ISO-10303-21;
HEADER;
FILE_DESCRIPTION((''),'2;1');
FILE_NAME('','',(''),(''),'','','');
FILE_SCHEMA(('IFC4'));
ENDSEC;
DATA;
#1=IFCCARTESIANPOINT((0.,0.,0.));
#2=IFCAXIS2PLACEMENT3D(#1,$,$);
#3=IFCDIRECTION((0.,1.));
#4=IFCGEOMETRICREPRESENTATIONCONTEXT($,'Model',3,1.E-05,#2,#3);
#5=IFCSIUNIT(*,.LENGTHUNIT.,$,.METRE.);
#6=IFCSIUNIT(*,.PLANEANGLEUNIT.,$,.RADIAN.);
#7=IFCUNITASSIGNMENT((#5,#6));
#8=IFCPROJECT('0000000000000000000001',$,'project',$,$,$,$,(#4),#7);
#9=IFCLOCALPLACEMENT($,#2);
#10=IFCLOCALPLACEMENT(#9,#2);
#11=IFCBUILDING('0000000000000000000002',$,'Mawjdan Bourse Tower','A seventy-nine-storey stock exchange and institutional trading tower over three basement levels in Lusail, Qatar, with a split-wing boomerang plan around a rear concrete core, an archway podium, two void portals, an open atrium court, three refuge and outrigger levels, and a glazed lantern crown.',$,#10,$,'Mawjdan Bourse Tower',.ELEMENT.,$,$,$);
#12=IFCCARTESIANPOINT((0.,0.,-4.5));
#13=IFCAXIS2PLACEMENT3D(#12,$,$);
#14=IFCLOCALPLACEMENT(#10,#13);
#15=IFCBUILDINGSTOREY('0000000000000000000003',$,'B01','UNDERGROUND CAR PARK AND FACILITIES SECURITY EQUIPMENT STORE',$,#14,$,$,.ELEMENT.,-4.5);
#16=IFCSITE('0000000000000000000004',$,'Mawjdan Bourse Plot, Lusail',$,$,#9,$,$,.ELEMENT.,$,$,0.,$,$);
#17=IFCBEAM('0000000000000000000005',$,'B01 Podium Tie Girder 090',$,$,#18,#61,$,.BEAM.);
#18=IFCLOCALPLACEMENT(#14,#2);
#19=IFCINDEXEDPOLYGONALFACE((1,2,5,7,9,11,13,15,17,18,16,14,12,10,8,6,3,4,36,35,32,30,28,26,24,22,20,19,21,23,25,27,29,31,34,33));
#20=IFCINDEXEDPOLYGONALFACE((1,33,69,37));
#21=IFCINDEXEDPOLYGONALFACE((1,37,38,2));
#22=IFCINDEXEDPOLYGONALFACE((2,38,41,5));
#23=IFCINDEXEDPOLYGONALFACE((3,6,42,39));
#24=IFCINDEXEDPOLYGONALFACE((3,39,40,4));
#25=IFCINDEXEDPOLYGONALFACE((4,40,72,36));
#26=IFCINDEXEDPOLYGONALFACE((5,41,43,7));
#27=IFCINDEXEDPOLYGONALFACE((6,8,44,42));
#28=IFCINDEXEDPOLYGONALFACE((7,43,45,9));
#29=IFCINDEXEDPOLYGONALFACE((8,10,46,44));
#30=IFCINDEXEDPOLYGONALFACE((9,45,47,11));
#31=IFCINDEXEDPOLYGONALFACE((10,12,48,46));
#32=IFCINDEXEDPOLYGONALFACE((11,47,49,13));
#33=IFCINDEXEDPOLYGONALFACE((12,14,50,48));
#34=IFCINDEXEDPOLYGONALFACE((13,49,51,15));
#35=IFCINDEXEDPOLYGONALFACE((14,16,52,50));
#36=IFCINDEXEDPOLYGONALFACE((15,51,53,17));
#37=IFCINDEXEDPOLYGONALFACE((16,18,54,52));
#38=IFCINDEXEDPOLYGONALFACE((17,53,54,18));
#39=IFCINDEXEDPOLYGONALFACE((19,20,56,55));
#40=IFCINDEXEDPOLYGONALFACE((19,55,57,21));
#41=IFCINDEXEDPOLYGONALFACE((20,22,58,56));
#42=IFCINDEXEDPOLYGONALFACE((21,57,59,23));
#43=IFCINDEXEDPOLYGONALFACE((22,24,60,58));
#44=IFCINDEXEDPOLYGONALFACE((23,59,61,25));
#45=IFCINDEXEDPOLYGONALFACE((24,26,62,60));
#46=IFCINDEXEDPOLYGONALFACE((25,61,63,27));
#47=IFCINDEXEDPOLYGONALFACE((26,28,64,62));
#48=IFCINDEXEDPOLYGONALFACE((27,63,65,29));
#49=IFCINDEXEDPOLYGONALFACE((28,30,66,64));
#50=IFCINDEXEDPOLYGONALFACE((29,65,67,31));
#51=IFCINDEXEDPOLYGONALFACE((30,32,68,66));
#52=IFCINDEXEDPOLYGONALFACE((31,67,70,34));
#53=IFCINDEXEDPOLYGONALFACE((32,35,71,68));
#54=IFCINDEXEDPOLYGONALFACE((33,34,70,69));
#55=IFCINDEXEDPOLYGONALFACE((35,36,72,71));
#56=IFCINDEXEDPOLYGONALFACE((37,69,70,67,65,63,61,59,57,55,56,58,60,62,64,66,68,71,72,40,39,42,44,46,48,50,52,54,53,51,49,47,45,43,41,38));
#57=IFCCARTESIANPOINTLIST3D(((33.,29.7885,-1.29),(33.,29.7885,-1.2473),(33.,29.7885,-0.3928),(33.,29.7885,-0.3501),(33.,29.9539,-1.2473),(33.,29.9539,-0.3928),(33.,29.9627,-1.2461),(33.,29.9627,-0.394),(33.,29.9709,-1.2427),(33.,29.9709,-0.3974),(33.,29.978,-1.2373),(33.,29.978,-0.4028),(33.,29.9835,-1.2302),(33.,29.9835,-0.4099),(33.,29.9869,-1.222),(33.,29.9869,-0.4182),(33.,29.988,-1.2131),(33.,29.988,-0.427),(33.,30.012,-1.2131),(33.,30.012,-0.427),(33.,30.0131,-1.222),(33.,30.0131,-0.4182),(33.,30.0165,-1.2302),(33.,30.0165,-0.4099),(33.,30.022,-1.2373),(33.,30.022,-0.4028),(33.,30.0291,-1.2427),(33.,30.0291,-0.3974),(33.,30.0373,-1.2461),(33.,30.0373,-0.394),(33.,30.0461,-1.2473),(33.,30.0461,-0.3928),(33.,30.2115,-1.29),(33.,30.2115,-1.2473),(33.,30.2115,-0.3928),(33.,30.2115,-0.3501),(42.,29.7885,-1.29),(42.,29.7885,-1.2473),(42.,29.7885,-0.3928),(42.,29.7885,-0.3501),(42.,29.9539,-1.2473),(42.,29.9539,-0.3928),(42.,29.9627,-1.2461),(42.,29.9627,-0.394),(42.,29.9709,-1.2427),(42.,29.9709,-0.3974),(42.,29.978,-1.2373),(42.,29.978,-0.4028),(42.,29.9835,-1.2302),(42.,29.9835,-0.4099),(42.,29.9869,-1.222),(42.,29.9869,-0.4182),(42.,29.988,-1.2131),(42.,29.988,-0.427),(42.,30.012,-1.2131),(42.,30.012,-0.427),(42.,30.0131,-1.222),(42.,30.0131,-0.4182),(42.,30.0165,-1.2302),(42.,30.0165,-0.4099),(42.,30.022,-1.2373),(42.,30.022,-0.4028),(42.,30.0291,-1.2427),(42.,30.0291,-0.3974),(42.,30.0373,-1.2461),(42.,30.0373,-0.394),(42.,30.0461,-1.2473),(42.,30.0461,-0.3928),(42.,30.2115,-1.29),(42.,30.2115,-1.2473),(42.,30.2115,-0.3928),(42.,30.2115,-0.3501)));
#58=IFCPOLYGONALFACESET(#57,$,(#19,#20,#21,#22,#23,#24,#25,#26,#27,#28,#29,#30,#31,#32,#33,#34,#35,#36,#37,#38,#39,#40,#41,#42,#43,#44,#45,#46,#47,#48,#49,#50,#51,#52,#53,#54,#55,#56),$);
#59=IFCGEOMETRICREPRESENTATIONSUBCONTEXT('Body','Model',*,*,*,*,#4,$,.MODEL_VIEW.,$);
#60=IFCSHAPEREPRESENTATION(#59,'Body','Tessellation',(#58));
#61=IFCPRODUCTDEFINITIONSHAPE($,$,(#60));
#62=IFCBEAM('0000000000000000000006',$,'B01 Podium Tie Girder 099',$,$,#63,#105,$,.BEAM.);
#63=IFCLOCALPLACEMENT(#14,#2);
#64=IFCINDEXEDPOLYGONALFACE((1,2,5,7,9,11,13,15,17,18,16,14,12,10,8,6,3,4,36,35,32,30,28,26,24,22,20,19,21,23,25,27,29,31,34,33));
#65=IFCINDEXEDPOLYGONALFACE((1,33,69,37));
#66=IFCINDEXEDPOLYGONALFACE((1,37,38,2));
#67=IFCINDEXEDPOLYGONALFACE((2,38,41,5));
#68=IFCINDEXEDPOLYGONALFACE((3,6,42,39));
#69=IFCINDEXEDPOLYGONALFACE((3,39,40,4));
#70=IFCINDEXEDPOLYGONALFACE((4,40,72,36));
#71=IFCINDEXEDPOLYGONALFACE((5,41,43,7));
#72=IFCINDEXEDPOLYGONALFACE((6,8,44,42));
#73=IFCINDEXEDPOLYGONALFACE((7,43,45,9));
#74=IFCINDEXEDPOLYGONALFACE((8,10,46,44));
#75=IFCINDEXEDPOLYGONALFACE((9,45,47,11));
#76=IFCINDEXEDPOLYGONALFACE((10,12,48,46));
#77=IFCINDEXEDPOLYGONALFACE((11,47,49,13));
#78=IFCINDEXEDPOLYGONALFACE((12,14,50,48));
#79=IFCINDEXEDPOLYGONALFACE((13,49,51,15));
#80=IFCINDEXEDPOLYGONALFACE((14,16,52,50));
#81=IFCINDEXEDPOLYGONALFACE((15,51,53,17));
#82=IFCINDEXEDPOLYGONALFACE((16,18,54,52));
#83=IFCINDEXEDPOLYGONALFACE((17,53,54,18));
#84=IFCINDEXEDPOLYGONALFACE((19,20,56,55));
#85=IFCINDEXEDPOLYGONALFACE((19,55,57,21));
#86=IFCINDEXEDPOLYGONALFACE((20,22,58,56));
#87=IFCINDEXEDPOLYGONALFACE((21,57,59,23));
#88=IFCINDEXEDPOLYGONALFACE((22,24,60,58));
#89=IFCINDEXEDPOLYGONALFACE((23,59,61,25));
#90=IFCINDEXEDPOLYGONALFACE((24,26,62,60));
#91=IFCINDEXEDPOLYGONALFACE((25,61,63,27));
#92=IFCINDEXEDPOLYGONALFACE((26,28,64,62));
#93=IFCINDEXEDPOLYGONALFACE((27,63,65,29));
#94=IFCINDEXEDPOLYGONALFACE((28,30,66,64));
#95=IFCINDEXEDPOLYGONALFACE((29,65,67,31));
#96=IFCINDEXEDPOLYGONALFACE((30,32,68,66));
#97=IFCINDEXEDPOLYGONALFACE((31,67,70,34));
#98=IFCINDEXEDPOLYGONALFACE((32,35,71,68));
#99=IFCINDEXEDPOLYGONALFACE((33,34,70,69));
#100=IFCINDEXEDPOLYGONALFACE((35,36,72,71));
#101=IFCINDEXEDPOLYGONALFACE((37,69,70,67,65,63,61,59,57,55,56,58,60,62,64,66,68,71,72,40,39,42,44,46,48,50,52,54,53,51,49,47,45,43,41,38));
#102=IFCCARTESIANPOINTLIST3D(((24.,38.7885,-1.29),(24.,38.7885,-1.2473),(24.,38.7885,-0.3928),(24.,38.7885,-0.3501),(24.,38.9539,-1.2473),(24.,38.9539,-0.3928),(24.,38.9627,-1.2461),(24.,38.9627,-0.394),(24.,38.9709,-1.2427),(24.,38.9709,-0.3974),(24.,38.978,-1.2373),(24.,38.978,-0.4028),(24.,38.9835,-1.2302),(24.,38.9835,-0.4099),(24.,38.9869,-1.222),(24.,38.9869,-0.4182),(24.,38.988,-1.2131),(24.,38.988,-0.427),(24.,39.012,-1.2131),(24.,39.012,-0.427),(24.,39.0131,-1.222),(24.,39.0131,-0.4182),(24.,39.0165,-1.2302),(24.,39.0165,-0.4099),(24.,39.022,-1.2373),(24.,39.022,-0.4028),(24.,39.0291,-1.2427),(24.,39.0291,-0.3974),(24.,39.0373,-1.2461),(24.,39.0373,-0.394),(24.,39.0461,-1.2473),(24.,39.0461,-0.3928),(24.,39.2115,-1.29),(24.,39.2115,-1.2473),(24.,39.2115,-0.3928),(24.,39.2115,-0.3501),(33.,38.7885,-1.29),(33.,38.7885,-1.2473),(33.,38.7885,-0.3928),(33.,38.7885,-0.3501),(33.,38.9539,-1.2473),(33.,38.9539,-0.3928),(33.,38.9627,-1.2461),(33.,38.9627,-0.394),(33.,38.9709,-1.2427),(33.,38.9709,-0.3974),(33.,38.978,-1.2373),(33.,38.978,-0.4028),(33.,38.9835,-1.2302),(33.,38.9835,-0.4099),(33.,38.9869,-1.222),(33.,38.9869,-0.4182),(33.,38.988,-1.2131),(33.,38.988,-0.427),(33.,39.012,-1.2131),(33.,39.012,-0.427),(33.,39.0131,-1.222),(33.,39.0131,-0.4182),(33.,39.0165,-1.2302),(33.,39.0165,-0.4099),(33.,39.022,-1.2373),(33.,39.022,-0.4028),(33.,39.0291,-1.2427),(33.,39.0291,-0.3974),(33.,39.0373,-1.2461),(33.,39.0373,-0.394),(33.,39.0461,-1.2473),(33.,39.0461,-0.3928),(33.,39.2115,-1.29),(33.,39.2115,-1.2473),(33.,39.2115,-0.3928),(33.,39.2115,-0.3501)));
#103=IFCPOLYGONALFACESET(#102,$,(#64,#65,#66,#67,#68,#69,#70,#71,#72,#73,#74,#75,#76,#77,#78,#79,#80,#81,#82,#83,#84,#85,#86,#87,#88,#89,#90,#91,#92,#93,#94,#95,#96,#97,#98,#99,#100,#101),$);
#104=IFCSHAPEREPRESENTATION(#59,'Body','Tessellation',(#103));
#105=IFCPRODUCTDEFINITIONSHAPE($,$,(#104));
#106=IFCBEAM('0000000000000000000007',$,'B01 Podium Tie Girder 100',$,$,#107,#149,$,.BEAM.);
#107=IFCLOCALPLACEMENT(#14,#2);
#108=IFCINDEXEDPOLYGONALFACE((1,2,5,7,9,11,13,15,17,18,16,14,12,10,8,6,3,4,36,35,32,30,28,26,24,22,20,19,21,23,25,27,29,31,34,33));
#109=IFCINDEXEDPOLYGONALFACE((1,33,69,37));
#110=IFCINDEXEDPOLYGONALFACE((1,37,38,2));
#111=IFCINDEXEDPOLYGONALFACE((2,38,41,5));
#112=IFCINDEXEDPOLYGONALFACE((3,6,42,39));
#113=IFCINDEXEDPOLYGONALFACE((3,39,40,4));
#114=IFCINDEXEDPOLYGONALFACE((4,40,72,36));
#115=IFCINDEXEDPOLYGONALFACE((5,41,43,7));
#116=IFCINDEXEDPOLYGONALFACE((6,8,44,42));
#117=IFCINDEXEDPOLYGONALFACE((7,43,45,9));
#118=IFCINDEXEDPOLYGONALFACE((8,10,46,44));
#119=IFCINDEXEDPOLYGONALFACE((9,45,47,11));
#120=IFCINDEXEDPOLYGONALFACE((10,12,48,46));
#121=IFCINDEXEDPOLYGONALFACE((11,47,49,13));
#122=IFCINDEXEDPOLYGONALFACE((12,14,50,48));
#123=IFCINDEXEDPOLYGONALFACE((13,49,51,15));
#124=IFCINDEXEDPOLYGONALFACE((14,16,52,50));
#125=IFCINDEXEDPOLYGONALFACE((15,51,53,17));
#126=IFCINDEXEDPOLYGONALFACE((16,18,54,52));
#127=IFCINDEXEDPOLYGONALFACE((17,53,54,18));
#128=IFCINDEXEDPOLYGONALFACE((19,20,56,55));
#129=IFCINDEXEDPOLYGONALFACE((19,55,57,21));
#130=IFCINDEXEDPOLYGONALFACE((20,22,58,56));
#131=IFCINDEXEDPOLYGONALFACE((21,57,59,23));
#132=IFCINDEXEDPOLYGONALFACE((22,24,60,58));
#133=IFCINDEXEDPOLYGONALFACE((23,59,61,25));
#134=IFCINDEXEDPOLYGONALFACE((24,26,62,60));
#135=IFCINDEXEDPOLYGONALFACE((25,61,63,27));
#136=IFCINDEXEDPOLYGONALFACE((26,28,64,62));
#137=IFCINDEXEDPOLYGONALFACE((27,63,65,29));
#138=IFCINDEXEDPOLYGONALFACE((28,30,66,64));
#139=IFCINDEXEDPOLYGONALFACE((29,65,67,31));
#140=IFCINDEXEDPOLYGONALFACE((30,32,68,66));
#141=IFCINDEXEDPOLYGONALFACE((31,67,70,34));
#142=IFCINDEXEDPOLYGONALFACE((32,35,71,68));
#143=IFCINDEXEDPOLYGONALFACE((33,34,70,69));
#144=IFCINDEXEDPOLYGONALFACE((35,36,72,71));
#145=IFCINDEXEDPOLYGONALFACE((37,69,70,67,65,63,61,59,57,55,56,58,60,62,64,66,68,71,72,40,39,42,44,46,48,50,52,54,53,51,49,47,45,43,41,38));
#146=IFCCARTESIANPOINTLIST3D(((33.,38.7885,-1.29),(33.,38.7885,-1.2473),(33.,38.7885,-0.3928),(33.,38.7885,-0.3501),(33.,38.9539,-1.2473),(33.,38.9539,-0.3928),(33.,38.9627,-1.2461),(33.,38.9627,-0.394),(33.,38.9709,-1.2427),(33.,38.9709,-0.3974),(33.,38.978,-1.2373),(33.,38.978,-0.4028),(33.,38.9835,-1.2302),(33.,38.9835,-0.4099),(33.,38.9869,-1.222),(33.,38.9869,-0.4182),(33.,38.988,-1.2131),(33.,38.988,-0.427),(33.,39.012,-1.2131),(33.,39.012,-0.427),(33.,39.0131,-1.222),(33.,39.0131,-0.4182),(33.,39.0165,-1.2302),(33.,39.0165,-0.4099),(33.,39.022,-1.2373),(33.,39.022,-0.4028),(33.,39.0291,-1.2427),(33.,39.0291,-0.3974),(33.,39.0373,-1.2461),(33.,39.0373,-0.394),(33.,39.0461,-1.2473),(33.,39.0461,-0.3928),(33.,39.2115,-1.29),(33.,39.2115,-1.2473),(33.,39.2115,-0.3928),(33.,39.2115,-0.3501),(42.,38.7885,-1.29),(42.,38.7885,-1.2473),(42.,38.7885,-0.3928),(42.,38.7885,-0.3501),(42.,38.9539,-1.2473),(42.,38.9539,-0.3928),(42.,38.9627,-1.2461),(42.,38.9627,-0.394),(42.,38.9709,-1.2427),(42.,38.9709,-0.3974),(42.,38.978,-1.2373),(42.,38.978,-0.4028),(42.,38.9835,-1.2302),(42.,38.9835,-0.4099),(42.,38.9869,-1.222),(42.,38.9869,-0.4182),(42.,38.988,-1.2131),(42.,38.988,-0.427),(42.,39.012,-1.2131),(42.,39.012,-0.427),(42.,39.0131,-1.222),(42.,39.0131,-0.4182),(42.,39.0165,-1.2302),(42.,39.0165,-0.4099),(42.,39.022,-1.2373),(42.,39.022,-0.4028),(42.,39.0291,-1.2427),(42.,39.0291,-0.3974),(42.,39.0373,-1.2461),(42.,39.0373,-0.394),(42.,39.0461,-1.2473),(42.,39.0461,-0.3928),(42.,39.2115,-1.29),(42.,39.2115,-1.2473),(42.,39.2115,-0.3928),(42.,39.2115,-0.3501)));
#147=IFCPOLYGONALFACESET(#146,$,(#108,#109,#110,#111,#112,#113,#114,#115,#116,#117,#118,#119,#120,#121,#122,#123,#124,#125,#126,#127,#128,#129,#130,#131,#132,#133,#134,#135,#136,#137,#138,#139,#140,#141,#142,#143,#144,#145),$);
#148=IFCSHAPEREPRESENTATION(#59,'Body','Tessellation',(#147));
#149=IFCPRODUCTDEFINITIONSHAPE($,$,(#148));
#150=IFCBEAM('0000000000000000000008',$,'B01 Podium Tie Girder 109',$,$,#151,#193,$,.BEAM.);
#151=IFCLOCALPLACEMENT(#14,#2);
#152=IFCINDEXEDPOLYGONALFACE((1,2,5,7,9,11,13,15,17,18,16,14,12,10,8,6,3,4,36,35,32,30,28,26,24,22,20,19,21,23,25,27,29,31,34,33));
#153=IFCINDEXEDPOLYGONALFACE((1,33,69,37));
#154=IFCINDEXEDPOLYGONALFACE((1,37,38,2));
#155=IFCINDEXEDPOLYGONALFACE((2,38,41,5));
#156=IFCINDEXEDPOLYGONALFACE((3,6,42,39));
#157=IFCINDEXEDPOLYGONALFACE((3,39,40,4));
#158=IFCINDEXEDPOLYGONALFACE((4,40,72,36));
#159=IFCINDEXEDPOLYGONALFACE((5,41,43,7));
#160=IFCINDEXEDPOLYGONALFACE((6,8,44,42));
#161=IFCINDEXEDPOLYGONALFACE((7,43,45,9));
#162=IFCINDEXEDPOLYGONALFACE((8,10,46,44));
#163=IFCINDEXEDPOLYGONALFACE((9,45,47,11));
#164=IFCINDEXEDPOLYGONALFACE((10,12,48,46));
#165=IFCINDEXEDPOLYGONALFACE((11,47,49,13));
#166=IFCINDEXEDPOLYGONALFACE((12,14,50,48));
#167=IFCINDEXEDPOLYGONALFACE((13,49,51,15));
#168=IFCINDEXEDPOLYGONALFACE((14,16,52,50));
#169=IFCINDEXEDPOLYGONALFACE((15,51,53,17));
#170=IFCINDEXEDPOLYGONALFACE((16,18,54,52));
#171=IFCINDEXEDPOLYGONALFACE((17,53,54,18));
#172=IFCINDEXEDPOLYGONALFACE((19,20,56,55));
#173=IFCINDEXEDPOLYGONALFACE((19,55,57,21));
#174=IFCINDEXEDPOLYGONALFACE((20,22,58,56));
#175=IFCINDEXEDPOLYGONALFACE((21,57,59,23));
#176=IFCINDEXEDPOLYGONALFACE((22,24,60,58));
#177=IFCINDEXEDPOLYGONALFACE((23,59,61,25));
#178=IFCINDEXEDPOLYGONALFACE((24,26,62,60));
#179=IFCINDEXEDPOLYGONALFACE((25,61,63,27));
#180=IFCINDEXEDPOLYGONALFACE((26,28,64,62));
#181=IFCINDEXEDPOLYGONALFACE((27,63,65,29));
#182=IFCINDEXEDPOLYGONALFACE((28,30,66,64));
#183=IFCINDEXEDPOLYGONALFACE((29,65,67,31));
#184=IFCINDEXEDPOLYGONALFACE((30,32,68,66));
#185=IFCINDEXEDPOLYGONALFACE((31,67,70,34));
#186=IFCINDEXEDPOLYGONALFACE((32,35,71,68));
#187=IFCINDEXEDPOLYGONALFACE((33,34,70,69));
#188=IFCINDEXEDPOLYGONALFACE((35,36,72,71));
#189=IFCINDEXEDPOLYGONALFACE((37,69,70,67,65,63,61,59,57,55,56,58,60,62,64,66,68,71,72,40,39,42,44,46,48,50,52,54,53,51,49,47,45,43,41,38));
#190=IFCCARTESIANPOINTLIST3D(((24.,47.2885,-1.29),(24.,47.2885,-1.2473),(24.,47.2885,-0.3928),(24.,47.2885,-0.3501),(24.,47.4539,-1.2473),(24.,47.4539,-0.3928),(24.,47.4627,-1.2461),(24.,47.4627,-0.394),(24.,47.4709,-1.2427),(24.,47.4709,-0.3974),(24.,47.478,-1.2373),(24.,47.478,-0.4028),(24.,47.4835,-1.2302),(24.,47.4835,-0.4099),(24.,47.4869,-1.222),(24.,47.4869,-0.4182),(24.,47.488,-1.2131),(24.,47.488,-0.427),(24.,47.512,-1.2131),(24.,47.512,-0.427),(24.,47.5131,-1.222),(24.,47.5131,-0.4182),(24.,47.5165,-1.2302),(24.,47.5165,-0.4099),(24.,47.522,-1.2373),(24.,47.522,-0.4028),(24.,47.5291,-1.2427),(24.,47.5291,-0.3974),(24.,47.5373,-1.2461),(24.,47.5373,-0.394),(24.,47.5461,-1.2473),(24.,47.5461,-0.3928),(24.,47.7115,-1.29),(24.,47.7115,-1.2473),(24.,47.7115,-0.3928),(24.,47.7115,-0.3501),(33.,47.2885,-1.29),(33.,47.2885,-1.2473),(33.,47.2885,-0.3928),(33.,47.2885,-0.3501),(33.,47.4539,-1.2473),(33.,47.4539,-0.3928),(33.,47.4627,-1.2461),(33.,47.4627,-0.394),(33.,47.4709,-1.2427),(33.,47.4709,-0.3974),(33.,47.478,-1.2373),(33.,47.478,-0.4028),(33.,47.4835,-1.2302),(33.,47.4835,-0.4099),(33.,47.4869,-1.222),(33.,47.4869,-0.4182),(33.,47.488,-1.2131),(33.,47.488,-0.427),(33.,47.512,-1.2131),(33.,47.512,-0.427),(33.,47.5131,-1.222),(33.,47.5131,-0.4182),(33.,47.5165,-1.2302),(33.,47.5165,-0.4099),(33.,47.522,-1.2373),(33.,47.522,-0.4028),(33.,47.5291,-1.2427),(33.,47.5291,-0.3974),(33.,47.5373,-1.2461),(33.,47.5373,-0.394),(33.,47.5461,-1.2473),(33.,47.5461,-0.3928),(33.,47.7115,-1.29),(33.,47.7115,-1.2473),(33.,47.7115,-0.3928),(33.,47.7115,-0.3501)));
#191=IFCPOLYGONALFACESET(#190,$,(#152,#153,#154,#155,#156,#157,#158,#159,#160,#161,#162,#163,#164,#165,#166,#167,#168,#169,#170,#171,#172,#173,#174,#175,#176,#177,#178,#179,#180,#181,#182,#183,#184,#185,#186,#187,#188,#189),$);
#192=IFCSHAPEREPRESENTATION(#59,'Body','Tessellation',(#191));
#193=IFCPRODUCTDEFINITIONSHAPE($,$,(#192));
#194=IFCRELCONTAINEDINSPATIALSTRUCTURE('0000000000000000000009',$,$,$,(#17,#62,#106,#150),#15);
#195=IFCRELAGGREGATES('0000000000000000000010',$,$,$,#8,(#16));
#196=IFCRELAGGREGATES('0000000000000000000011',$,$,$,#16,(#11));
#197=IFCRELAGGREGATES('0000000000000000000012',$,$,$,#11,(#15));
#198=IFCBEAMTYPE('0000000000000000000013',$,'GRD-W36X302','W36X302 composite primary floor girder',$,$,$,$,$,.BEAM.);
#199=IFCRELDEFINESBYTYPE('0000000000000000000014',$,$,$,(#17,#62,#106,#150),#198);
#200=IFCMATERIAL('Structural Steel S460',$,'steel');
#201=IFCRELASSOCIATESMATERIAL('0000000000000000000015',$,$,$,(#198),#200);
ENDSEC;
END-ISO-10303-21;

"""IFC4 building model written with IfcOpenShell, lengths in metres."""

from ifc_helpers import new_model, si_unit, direction, frame, origin, origin_2d, place, context, subcontext, project, spatial, i_section, extrude, material, material_profile, profile_set, type_object, element, save


model = new_model("IFC4")

# Units and contexts
model_context = context("Model", 3, precision=1e-05, world=origin(), true_north=direction((0.0, 1.0)))
body_context = subcontext(model_context, "Body", "Model", "MODEL_VIEW")
ifc_project = project(units=[si_unit("LENGTHUNIT", "METRE"), si_unit("PLANEANGLEUNIT", "RADIAN")], contexts=[model_context])

# Site, building, storey
site_placement = place(None, origin())
site = spatial("IfcSite", under=ifc_project, at=site_placement, Name="Mawjdan Bourse Plot, Lusail", CompositionType="ELEMENT", RefElevation=0.0)
building_placement = place(site_placement, origin())
building = spatial("IfcBuilding", under=site, at=building_placement, Name="Mawjdan Bourse Tower", Description="A seventy-nine-storey stock exchange and institutional trading tower over three basement levels in Lusail, Qatar, with a split-wing boomerang plan around a rear concrete core, an archway podium, two void portals, an open atrium court, three refuge and outrigger levels, and a glazed lantern crown.", LongName="Mawjdan Bourse Tower", CompositionType="ELEMENT")
storey_placement = place(building_placement, frame((0.0, 0.0, -4.5)))
storey = spatial("IfcBuildingStorey", under=building, at=storey_placement, Name="B01", Description="UNDERGROUND CAR PARK AND FACILITIES SECURITY EQUIPMENT STORE", CompositionType="ELEMENT", Elevation=-4.5)

# Beams
ifc_material_1 = material(Name="Structural Steel S460", Category="steel")
ifc_material_profile_1 = material_profile(ifc_material_1, i_section(OverallWidth=0.4231, OverallDepth=0.9399, WebThickness=0.0239, FlangeThickness=0.0427, FilletRadius=0.0342, at=origin_2d()), Name="W36X302")
ifc_profile_set_1 = profile_set([ifc_material_profile_1], Name="Structural Steel S460")
beam_type_1 = type_object("IfcBeamType", Name="GRD-W36X302", Description="W36X302 composite primary floor girder", PredefinedType="BEAM", material=ifc_profile_set_1)
for number, where, z_axis, x_axis, name in (
    (1, (33.0, 30.0, -0.8201), (1.0, 0.0, 0.0), (0.0, 1.0, 0.0), "B01 Podium Tie Girder 090"),
    (2, (24.0, 39.0, -0.8201), (1.0, 0.0, 0.0), (0.0, 1.0, 0.0), "B01 Podium Tie Girder 099"),
    (3, (33.0, 39.0, -0.8201), (1.0, 0.0, 0.0), (0.0, 1.0, 0.0), "B01 Podium Tie Girder 100"),
    (4, (24.0, 47.5, -0.8201), (1.0, 0.0, 0.0), (0.0, 1.0, 0.0), "B01 Podium Tie Girder 109"),
):
    element("IfcBeam", number, at=place(storey_placement, frame(where, z_axis=z_axis, x_axis=x_axis)), inside=storey, type_object=beam_type_1, Name=name, PredefinedType="BEAM", context=body_context, shape_type="SweptSolid", body=[
        extrude(i_section(OverallWidth=0.4231, OverallDepth=0.9399, WebThickness=0.0239, FlangeThickness=0.0427, FilletRadius=0.0342, at=origin_2d()), origin(), (0.0, 0.0, 1.0), 9.0),
    ])

save(model, "model.ifc")
